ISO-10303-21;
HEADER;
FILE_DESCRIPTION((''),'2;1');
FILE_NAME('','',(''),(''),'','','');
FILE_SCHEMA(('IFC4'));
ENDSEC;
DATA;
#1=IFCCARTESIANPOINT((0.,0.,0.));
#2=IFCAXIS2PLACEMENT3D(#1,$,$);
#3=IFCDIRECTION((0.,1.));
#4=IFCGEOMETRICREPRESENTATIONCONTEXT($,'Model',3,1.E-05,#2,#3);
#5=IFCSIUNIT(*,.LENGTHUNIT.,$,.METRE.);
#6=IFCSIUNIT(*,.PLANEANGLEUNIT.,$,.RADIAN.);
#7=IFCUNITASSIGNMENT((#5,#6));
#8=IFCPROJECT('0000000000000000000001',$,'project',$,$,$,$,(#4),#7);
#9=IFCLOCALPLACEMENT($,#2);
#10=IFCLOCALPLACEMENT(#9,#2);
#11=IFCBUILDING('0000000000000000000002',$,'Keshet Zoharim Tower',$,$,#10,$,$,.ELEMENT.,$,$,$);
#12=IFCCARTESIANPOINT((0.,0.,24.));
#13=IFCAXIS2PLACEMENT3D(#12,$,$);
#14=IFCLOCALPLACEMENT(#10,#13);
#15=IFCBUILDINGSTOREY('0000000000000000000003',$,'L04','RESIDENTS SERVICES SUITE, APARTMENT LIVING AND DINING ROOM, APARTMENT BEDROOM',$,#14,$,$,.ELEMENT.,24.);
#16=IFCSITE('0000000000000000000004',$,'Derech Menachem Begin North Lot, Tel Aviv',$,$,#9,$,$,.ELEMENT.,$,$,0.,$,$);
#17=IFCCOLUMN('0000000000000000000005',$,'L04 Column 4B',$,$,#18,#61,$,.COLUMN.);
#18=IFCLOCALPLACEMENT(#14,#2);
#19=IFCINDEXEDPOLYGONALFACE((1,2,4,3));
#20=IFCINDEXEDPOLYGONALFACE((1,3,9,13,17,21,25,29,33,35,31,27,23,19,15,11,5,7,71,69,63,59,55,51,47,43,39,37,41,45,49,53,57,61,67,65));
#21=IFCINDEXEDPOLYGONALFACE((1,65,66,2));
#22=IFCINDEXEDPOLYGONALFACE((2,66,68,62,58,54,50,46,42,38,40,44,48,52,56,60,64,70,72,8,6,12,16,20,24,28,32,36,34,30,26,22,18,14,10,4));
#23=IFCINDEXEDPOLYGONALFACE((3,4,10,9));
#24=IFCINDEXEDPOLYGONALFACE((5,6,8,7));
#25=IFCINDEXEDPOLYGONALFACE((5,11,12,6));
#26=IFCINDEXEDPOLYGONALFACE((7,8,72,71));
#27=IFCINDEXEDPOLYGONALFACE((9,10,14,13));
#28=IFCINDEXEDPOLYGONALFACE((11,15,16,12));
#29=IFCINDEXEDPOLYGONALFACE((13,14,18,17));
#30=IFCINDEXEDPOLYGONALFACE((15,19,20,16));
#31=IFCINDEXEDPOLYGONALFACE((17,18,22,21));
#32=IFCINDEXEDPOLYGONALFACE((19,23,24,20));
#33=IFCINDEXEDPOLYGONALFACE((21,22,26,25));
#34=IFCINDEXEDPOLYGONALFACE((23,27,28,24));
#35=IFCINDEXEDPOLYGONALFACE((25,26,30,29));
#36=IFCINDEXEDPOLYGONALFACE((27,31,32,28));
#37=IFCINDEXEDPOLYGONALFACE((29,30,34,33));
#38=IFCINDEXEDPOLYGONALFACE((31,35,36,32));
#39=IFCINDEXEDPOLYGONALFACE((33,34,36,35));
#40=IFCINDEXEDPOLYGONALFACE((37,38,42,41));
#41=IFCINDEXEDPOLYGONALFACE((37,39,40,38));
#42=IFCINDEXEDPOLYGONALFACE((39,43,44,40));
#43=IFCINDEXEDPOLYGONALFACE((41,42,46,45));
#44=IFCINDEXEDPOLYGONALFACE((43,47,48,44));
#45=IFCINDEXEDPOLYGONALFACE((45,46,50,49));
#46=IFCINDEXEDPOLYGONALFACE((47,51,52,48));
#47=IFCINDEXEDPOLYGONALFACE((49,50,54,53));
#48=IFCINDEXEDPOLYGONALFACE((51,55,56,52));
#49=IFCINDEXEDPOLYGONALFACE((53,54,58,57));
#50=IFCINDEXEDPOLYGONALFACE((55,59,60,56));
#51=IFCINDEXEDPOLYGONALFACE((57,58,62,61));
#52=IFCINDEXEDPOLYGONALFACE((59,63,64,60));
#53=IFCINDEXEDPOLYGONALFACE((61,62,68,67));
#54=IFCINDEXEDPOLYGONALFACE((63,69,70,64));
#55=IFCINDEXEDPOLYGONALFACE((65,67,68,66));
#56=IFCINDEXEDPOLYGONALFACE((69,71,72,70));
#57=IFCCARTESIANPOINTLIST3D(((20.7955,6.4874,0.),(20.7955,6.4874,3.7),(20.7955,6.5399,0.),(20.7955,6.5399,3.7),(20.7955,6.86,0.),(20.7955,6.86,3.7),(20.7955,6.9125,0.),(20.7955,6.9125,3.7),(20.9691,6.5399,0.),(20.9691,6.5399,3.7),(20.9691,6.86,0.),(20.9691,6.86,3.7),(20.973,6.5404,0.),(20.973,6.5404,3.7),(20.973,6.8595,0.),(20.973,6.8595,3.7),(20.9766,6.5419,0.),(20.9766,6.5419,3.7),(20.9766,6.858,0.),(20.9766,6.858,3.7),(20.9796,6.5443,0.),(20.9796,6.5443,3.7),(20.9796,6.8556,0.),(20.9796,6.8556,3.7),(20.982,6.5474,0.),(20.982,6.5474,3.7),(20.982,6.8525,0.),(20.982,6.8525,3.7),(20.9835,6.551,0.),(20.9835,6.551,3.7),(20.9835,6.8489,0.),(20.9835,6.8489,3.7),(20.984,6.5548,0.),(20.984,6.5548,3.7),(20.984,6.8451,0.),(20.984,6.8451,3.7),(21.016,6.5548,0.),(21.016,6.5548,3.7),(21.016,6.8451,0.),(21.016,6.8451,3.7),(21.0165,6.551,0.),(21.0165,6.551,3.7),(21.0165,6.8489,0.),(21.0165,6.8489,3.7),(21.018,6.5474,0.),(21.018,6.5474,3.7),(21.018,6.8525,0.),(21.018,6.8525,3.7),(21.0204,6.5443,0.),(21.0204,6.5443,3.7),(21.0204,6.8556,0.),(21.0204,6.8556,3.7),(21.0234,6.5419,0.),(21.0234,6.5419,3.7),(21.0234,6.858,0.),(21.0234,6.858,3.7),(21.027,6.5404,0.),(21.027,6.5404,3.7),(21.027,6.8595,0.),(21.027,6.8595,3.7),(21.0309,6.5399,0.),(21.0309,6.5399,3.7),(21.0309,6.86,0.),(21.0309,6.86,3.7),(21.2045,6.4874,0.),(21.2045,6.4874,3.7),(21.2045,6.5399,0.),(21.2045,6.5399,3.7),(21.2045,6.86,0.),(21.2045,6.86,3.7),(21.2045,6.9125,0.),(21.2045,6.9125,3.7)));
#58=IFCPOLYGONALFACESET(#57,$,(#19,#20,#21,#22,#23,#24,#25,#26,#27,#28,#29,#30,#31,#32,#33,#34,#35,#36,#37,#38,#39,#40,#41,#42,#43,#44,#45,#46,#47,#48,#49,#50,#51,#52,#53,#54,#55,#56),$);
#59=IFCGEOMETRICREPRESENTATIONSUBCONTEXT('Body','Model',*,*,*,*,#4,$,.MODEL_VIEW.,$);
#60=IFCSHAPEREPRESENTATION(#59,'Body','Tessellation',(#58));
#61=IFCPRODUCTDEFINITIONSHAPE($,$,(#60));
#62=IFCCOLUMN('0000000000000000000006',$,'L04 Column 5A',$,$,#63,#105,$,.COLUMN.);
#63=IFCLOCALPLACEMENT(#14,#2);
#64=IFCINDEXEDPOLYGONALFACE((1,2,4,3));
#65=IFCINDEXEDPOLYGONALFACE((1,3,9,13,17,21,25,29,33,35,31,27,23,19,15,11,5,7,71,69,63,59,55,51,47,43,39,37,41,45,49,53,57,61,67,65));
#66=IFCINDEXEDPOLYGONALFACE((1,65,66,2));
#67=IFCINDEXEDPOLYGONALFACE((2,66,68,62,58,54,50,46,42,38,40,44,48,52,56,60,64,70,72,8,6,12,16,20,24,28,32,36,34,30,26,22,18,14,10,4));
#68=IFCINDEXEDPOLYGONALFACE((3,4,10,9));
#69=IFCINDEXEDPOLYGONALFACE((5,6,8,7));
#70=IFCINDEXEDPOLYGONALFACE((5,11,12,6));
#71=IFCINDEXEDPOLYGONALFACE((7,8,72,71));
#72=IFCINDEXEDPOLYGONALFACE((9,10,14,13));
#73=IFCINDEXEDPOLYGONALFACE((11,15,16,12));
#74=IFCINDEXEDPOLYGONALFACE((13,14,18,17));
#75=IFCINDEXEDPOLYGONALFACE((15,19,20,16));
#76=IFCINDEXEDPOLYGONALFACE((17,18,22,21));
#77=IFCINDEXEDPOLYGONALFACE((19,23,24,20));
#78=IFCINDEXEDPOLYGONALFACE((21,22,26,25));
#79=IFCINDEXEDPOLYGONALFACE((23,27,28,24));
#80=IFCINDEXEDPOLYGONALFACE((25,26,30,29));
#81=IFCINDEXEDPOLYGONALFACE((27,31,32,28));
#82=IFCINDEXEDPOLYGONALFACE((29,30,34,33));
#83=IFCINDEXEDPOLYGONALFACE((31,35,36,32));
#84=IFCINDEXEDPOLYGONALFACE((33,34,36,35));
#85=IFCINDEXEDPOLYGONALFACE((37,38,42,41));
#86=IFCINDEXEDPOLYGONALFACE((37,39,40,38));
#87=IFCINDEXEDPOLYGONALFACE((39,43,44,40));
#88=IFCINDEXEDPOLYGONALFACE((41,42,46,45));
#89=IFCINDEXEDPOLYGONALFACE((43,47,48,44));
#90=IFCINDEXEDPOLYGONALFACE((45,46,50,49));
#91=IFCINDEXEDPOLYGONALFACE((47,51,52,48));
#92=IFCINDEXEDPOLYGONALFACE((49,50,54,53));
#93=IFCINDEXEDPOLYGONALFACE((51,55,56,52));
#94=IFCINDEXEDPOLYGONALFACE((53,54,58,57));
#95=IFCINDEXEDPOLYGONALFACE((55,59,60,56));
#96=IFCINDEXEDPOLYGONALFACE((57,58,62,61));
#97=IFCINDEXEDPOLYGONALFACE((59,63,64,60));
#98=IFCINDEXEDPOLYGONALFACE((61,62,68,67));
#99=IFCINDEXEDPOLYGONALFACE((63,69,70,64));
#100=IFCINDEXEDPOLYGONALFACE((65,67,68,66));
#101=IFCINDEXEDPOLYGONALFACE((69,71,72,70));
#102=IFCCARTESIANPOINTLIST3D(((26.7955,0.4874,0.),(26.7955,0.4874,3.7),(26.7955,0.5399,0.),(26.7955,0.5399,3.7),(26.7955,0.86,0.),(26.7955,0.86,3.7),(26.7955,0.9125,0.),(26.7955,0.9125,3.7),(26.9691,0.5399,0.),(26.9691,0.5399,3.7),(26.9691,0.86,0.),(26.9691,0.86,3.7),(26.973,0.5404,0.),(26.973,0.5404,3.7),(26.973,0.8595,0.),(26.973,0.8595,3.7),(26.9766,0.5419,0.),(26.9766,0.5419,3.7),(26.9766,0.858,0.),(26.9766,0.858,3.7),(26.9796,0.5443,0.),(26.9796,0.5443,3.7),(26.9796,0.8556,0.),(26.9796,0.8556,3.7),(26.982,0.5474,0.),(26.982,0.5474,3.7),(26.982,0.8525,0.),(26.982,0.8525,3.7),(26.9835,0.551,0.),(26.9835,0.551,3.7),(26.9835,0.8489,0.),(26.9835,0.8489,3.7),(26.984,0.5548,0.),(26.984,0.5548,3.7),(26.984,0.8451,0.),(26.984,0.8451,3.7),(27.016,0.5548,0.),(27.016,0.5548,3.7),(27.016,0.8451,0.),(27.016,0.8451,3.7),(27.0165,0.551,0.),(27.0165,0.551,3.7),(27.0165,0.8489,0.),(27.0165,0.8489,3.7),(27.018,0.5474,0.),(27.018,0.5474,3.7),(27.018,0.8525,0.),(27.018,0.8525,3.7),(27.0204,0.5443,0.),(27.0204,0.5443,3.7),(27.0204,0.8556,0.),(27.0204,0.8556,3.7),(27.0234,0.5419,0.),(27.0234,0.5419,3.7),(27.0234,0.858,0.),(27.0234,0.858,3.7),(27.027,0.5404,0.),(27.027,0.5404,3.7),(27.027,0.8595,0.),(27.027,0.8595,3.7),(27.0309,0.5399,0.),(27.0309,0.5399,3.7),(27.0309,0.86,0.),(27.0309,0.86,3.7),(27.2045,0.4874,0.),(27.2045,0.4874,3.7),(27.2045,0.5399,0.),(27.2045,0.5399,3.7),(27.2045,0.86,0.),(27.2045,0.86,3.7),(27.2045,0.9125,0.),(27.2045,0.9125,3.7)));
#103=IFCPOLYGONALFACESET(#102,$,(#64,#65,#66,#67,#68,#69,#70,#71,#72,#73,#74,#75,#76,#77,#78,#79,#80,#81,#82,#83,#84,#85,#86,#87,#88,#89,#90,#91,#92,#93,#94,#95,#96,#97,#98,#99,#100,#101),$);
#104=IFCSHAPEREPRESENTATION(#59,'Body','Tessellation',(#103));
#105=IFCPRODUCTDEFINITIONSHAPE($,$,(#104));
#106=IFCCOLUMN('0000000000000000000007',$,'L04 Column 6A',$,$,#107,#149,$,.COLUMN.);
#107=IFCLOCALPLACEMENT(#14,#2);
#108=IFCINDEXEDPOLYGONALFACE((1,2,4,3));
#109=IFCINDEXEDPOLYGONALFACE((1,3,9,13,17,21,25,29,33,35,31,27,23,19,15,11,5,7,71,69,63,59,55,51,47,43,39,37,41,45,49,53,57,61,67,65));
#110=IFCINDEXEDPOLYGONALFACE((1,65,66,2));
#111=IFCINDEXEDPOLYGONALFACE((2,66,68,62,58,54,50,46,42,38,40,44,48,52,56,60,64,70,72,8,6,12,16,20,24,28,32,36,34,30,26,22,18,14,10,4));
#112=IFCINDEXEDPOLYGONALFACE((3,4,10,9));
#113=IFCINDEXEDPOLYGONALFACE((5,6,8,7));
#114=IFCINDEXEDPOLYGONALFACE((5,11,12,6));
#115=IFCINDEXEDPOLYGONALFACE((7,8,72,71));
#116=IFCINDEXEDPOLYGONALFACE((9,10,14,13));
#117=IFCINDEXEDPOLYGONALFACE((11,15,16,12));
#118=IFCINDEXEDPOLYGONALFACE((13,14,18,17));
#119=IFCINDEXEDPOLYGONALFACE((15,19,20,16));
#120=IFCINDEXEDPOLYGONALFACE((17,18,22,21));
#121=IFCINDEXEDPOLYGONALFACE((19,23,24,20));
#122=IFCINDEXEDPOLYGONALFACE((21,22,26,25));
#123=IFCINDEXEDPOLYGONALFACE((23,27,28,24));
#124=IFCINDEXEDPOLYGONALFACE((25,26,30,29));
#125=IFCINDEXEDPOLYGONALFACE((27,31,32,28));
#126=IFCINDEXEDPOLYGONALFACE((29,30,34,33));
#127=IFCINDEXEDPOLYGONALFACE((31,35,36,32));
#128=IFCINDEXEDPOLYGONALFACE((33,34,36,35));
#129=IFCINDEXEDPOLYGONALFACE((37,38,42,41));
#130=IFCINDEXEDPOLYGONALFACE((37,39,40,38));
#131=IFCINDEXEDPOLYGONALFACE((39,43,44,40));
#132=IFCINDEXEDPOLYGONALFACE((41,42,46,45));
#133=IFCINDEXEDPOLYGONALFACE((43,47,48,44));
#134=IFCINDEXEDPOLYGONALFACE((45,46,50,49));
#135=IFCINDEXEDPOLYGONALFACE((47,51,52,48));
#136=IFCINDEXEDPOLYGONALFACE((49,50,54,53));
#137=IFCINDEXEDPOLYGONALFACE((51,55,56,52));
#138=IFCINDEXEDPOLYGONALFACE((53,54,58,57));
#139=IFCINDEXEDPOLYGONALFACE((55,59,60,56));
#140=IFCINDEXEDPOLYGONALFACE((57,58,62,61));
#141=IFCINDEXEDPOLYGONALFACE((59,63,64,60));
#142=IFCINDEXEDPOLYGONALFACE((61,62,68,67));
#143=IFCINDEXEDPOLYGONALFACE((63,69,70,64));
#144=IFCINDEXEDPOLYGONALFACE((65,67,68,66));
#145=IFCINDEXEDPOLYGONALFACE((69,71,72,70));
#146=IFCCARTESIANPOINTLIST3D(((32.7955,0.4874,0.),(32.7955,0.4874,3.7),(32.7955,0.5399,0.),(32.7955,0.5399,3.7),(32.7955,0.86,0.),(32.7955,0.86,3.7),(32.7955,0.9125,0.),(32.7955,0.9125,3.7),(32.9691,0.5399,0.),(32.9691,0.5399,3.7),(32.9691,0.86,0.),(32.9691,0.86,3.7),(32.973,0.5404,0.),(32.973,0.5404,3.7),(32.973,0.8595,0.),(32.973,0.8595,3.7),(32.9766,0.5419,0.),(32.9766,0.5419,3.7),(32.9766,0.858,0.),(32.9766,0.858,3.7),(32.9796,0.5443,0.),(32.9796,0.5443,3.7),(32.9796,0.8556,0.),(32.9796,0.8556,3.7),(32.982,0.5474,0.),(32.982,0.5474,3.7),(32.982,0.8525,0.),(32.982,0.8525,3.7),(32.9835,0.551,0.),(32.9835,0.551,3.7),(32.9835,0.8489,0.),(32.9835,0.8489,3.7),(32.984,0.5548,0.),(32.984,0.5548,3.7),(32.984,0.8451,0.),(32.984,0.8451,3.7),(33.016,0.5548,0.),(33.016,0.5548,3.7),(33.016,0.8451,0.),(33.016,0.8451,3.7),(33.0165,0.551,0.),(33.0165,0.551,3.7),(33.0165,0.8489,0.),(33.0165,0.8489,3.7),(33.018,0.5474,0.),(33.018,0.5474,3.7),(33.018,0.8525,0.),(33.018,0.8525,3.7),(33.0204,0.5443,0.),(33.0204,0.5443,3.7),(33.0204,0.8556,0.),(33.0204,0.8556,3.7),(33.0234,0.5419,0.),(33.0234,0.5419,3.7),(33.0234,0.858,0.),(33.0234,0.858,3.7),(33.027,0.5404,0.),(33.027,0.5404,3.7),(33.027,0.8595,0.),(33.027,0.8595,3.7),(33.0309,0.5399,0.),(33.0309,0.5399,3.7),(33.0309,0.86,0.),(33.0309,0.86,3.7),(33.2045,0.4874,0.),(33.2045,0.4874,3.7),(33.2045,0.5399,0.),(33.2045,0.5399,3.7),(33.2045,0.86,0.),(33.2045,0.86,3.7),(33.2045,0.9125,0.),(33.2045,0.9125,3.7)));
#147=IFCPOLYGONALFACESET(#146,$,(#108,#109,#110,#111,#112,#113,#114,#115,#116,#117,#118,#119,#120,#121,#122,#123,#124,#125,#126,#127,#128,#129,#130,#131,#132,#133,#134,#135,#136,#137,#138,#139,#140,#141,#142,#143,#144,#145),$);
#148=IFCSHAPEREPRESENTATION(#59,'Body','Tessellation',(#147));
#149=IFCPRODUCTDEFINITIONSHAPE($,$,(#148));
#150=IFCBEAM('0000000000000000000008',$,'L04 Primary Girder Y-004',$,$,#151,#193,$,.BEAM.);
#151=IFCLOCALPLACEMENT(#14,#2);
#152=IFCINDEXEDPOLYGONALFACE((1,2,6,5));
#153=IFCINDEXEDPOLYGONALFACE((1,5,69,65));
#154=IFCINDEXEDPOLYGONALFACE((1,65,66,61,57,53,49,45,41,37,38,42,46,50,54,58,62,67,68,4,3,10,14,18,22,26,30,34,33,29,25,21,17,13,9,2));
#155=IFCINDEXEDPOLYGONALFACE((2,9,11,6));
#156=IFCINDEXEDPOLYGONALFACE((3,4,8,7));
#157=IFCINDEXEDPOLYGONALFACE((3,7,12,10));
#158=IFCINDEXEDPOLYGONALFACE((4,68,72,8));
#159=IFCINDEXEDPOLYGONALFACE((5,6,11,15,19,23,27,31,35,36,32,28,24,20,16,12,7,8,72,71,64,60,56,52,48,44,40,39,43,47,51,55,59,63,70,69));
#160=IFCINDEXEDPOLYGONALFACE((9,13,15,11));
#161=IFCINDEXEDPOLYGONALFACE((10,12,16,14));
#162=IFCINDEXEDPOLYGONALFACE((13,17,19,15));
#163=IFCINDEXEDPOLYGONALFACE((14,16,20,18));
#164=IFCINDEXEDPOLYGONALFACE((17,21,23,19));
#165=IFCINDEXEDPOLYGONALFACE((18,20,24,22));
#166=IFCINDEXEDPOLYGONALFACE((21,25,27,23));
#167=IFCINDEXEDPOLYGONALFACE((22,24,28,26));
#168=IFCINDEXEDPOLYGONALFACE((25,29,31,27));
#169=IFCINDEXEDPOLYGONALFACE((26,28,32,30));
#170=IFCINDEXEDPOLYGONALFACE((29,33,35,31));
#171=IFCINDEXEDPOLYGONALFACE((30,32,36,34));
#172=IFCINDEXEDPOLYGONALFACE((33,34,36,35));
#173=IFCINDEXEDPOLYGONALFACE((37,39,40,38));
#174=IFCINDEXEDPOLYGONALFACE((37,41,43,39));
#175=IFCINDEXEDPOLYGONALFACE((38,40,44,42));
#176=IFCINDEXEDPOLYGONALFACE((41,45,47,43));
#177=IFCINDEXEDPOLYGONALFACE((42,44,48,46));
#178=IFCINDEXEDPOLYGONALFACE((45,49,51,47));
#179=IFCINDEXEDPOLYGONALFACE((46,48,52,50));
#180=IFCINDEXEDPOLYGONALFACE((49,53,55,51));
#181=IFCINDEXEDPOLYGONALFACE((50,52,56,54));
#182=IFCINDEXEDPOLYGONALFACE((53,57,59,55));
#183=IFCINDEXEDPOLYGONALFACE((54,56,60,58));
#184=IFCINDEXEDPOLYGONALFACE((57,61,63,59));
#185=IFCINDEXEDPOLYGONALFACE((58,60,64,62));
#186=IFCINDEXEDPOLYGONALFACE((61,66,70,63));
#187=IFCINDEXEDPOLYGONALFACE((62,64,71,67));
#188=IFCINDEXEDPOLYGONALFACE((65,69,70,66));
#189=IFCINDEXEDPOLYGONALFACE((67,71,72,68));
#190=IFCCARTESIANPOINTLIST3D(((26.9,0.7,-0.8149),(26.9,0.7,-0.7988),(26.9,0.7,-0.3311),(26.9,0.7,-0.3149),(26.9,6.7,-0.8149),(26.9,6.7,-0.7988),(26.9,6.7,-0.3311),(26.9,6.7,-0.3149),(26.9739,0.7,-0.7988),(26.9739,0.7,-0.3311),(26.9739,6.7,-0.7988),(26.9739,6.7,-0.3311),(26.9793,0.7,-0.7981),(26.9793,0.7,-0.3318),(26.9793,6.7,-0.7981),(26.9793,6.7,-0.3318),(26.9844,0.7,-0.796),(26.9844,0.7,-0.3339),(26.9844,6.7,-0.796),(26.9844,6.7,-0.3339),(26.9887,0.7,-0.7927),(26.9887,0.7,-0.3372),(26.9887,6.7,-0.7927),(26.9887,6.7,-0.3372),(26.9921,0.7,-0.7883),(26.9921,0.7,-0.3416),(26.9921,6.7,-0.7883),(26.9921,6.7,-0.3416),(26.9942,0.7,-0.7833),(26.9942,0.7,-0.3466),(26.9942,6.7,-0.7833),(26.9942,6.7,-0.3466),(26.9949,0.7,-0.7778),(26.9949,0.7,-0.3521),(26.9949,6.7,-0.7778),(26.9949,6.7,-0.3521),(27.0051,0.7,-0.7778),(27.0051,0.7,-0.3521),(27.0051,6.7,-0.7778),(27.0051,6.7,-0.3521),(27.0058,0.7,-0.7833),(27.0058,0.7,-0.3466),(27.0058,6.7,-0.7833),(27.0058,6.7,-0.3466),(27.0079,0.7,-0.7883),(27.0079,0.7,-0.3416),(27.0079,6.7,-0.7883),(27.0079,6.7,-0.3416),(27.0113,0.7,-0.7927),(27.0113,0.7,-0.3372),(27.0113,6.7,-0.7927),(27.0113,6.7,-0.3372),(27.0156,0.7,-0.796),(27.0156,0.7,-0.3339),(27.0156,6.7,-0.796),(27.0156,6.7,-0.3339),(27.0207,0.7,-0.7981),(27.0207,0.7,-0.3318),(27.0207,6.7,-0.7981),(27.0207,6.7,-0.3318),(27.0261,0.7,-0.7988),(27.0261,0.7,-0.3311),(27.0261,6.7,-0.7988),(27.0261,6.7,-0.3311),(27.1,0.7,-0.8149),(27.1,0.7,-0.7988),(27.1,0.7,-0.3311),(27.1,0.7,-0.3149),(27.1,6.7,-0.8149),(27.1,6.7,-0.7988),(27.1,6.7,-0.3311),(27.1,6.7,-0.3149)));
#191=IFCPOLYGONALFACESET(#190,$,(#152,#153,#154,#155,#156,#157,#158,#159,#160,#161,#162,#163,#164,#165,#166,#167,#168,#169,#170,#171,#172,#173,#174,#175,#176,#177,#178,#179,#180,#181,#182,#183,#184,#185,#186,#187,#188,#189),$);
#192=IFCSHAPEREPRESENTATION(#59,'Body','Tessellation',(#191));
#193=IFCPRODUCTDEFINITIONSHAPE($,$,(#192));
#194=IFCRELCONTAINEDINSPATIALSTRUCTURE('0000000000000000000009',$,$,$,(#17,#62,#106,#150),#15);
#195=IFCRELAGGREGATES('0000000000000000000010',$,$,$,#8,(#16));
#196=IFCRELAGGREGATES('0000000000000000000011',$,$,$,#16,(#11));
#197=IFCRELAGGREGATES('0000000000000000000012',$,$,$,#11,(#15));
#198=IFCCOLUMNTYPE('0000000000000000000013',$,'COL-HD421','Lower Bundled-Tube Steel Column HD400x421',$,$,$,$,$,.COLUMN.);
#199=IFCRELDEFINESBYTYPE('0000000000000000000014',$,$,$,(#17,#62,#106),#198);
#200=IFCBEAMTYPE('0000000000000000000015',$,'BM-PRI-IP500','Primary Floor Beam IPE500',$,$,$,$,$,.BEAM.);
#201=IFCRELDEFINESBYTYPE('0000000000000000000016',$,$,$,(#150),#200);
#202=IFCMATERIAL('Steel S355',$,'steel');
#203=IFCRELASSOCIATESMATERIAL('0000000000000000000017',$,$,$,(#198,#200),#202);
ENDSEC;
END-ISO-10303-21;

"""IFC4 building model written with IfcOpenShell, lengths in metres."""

from ifc_helpers import new_model, si_unit, direction, frame, origin, origin_2d, place, context, subcontext, project, spatial, i_section, extrude, material, material_profile, profile_set, type_object, element, save


model = new_model("IFC4")

# Units and contexts
model_context = context("Model", 3, precision=1e-05, world=origin(), true_north=direction((0.0, 1.0)))
body_context = subcontext(model_context, "Body", "Model", "MODEL_VIEW")
ifc_project = project(units=[si_unit("LENGTHUNIT", "METRE"), si_unit("PLANEANGLEUNIT", "RADIAN")], contexts=[model_context])

# Site, building, storey
site_placement = place(None, origin())
site = spatial("IfcSite", under=ifc_project, at=site_placement, Name="Derech Menachem Begin North Lot, Tel Aviv", CompositionType="ELEMENT", RefElevation=0.0)
building_placement = place(site_placement, origin())
building = spatial("IfcBuilding", under=site, at=building_placement, Name="Keshet Zoharim Tower", CompositionType="ELEMENT")
storey_placement = place(building_placement, frame((0.0, 0.0, 24.0)))
storey = spatial("IfcBuildingStorey", under=building, at=storey_placement, Name="L04", Description="RESIDENTS SERVICES SUITE, APARTMENT LIVING AND DINING ROOM, APARTMENT BEDROOM", CompositionType="ELEMENT", Elevation=24.0)

# Columns
ifc_material_1 = material(Name="Steel S355", Category="steel")
ifc_material_profile_1 = material_profile(ifc_material_1, i_section(OverallWidth=0.4089, OverallDepth=0.425, WebThickness=0.032, FlangeThickness=0.0525, FilletRadius=0.0149, at=origin_2d()), Name="HD400x421")
ifc_profile_set_1 = profile_set([ifc_material_profile_1], Name="Steel S355")
column_type = type_object("IfcColumnType", Name="COL-HD421", Description="Lower Bundled-Tube Steel Column HD400x421", PredefinedType="COLUMN", material=ifc_profile_set_1)
for number, where, z_axis, x_axis, name in (
    (1, (21.0, 6.7, 0.0), (0.0, 0.0, 1.0), (1.0, 0.0, 0.0), "L04 Column 4B"),
    (2, (27.0, 0.7, 0.0), (0.0, 0.0, 1.0), (1.0, 0.0, 0.0), "L04 Column 5A"),
    (3, (33.0, 0.7, 0.0), (0.0, 0.0, 1.0), (1.0, 0.0, 0.0), "L04 Column 6A"),
):
    element("IfcColumn", number, at=place(storey_placement, frame(where, z_axis=z_axis, x_axis=x_axis)), inside=storey, type_object=column_type, Name=name, PredefinedType="COLUMN", context=body_context, shape_type="SweptSolid", body=[
        extrude(i_section(OverallWidth=0.4089, OverallDepth=0.425, WebThickness=0.032, FlangeThickness=0.0525, FilletRadius=0.0149, at=origin_2d()), origin(), (0.0, 0.0, 1.0), 3.7),
    ])

# Beam
ifc_material_profile_2 = material_profile(ifc_material_1, i_section(OverallWidth=0.2, OverallDepth=0.5, WebThickness=0.0103, FlangeThickness=0.0161, FilletRadius=0.021, at=origin_2d()), Name="IPE500")
ifc_profile_set_2 = profile_set([ifc_material_profile_2], Name="Steel S355")
beam_type_1 = type_object("IfcBeamType", Name="BM-PRI-IP500", Description="Primary Floor Beam IPE500", PredefinedType="BEAM", material=ifc_profile_set_2)
for number, where, z_axis, x_axis, name in (
    (4, (27.0, 0.7, -0.5649), (0.0, 1.0, 0.0), (-1.0, 0.0, 0.0), "L04 Primary Girder Y-004"),
):
    element("IfcBeam", number, at=place(storey_placement, frame(where, z_axis=z_axis, x_axis=x_axis)), inside=storey, type_object=beam_type_1, Name=name, PredefinedType="BEAM", context=body_context, shape_type="SweptSolid", body=[
        extrude(i_section(OverallWidth=0.2, OverallDepth=0.5, WebThickness=0.0103, FlangeThickness=0.0161, FilletRadius=0.021, at=origin_2d()), origin(), (0.0, 0.0, 1.0), 6.0),
    ])

save(model, "model.ifc")
